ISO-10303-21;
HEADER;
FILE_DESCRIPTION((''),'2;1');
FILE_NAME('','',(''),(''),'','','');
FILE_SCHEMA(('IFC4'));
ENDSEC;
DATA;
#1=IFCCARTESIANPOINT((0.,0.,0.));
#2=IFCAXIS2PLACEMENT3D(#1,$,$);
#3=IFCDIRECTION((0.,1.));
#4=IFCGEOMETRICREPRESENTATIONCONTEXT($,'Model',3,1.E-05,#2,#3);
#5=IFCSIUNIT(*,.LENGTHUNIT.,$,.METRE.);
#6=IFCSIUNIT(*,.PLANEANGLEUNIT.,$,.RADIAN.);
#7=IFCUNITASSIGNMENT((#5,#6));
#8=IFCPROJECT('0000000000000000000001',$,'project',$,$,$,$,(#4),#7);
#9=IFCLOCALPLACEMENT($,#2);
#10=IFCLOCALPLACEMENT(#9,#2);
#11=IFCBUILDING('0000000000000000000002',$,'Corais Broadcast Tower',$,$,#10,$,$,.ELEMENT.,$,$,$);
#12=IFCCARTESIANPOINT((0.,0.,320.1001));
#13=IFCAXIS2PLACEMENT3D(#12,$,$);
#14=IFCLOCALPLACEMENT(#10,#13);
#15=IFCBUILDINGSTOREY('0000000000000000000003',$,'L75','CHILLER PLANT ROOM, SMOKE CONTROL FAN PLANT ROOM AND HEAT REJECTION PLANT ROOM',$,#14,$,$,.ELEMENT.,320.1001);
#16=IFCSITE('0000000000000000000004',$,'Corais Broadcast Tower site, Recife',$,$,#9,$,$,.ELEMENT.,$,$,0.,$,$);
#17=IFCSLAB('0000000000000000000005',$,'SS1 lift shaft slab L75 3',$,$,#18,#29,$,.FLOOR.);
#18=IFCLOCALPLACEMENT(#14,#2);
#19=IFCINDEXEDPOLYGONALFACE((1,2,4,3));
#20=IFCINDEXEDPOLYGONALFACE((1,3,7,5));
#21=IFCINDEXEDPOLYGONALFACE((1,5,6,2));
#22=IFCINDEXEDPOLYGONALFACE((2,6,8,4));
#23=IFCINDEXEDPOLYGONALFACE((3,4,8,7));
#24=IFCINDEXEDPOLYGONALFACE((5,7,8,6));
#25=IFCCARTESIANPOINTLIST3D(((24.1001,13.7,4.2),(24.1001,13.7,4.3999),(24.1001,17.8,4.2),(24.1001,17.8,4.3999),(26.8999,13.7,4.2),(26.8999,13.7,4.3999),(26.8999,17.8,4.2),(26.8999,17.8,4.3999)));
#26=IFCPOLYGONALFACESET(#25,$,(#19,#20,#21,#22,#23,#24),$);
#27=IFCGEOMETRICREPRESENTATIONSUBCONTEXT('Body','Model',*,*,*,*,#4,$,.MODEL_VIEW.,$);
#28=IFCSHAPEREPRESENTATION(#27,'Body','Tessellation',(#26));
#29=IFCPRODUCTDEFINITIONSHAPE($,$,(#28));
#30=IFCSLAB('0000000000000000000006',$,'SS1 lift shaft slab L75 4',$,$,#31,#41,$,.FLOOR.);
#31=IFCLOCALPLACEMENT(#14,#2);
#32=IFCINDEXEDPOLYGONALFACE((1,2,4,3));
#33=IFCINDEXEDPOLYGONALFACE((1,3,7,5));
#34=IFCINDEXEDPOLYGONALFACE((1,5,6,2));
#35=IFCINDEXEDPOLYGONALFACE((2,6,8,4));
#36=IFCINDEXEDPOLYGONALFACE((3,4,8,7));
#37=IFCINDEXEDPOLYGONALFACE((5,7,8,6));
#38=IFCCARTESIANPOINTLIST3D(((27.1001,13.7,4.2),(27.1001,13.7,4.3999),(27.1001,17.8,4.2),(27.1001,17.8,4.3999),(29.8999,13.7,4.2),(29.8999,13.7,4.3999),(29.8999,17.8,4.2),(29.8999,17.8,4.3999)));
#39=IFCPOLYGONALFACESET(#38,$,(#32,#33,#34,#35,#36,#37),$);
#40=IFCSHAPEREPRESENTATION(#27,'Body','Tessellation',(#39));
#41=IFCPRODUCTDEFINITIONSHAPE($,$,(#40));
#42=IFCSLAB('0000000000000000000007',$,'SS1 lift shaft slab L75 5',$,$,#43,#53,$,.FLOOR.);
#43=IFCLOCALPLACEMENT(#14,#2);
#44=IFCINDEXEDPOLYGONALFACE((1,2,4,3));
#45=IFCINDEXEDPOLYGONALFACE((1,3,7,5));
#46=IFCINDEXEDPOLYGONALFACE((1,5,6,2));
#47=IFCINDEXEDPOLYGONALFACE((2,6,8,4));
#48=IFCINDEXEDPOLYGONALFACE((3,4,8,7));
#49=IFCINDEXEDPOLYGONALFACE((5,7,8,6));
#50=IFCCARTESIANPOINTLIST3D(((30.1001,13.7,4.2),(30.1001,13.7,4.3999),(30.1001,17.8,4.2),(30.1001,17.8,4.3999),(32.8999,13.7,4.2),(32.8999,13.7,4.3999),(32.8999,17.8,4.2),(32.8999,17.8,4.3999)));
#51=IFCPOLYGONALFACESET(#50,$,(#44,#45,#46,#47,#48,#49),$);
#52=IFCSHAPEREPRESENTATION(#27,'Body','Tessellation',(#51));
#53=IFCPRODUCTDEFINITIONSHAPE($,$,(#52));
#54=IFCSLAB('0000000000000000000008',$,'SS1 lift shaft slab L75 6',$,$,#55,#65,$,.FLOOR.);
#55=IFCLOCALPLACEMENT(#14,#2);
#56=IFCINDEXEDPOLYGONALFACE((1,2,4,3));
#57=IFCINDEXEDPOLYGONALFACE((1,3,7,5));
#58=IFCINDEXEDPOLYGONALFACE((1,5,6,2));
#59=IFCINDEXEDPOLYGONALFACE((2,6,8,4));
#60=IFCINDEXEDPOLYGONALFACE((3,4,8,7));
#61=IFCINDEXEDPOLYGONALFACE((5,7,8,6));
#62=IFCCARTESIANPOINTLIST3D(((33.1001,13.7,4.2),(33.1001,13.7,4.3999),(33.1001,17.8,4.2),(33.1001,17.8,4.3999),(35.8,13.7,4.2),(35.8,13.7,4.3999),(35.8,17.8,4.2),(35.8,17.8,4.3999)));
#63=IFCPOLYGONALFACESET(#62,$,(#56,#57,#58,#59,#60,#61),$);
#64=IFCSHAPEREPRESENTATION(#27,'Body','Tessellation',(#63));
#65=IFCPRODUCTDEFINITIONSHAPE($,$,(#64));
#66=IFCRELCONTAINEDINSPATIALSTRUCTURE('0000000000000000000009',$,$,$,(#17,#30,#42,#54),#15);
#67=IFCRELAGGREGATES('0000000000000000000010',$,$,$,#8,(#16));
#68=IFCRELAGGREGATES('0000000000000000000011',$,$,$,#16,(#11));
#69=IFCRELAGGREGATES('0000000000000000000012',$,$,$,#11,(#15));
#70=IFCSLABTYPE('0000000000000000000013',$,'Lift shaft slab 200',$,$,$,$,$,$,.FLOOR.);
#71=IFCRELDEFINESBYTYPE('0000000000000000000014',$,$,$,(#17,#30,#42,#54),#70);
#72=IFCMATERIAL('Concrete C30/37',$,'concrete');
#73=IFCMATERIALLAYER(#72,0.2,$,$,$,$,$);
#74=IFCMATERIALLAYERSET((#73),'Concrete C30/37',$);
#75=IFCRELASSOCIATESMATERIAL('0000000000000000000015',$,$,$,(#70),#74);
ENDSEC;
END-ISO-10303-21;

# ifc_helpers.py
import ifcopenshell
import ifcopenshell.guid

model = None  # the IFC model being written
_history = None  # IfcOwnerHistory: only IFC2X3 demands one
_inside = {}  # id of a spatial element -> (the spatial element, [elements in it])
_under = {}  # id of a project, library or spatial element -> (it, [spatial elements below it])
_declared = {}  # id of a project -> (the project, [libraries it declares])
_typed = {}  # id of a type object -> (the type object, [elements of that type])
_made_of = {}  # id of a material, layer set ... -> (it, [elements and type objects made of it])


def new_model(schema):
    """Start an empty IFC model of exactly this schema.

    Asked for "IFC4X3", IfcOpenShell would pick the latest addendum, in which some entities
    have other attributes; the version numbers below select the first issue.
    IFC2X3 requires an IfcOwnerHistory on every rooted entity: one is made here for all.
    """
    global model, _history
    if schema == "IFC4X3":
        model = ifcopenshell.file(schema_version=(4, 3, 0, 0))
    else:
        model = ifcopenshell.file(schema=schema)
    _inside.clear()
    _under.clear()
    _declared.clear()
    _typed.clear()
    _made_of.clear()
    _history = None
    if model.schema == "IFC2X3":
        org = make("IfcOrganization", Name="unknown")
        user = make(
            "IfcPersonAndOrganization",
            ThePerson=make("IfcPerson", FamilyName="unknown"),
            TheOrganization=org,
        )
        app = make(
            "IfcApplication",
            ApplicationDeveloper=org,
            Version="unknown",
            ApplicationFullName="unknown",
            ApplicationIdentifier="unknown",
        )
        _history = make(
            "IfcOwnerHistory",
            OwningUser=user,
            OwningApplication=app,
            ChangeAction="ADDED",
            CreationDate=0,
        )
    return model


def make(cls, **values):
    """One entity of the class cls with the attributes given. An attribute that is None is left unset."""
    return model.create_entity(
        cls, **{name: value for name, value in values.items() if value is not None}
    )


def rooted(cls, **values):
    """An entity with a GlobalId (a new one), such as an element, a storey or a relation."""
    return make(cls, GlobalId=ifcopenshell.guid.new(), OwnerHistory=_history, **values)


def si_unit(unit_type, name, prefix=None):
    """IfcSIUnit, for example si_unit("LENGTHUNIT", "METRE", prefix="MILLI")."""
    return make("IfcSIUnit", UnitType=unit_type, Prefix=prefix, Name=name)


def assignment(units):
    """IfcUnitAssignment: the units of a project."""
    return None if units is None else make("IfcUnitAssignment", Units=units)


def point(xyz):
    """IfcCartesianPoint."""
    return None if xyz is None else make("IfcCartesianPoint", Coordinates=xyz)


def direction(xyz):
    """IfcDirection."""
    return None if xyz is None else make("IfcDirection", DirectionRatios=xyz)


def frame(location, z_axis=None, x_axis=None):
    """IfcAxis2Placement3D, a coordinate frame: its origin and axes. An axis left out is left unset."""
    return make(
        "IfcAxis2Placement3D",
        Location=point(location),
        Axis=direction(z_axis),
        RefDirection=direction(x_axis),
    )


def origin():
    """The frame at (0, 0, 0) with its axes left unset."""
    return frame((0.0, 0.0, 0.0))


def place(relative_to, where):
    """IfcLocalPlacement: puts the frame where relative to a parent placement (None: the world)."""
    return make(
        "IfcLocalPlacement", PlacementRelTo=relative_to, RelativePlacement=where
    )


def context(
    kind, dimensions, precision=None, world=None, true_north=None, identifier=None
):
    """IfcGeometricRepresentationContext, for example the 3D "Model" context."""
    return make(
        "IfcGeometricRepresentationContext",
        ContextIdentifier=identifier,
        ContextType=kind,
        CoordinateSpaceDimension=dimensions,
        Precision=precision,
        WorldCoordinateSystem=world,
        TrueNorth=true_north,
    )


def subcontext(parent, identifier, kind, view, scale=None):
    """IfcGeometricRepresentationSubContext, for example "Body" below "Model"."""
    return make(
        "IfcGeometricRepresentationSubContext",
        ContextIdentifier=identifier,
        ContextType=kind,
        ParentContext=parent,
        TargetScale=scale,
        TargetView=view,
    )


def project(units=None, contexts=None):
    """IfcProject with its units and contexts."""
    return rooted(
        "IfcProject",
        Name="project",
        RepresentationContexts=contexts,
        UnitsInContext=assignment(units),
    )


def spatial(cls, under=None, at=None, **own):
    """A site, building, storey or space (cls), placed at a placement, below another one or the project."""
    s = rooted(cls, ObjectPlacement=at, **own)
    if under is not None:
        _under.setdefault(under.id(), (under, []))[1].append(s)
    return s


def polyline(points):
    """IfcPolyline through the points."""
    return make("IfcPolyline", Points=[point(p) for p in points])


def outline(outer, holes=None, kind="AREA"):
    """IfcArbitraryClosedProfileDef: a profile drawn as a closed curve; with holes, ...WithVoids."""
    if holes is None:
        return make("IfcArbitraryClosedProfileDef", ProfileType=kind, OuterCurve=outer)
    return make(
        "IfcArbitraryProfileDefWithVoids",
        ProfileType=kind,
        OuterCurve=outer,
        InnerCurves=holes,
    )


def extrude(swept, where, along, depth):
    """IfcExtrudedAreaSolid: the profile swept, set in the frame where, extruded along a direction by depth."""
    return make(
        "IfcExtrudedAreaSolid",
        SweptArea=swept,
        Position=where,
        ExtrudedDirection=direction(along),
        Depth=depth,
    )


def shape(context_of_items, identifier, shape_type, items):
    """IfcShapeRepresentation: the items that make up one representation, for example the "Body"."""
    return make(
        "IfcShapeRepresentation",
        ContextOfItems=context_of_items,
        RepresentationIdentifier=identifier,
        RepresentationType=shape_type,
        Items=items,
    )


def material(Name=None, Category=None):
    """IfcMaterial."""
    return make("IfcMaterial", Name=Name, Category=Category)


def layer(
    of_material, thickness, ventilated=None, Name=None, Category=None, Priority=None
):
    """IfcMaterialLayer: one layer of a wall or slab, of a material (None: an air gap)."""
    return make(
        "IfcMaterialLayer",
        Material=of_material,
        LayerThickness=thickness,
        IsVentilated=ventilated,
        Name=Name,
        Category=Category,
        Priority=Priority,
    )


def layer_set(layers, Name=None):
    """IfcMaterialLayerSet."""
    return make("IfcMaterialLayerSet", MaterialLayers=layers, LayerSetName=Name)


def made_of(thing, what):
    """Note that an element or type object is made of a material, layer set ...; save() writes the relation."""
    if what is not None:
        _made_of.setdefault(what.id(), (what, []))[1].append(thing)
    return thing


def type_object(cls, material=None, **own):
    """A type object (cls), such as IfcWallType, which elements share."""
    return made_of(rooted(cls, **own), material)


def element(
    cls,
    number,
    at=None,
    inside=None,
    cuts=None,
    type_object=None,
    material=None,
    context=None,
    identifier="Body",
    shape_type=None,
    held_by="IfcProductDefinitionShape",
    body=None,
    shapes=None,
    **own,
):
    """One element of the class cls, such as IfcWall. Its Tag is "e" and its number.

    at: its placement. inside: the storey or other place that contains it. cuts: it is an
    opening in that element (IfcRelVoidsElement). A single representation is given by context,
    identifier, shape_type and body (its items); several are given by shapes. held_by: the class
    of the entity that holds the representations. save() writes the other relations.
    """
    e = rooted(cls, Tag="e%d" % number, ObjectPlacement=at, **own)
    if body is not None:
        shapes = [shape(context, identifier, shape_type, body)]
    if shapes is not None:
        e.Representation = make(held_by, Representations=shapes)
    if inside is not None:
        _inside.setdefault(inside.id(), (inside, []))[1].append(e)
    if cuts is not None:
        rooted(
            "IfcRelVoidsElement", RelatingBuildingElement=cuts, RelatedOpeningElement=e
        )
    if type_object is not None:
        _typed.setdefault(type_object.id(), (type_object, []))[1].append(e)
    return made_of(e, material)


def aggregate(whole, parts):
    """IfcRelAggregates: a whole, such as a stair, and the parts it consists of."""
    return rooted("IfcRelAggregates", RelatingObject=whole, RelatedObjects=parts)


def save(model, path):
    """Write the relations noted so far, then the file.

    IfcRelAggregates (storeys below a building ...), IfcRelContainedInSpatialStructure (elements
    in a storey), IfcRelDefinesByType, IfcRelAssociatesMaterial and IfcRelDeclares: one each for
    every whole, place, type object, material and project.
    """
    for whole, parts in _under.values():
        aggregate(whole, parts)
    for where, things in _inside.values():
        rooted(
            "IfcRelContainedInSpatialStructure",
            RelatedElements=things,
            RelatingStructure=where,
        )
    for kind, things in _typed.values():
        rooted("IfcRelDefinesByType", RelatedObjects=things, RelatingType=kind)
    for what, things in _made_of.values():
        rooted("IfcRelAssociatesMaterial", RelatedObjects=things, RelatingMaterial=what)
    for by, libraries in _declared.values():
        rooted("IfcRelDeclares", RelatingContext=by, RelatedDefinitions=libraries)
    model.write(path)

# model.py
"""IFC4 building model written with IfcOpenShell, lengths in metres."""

from ifc_helpers import new_model, si_unit, direction, frame, origin, place, context, subcontext, project, spatial, polyline, outline, extrude, material, layer, layer_set, type_object, element, save


model = new_model("IFC4")

# Units and contexts
model_context = context("Model", 3, precision=1e-05, world=origin(), true_north=direction((0.0, 1.0)))
body_context = subcontext(model_context, "Body", "Model", "MODEL_VIEW")
ifc_project = project(units=[si_unit("LENGTHUNIT", "METRE"), si_unit("PLANEANGLEUNIT", "RADIAN")], contexts=[model_context])

# Site, building, storey
site_placement = place(None, origin())
site = spatial("IfcSite", under=ifc_project, at=site_placement, Name="Corais Broadcast Tower site, Recife", CompositionType="ELEMENT", RefElevation=0.0)
building_placement = place(site_placement, origin())
building = spatial("IfcBuilding", under=site, at=building_placement, Name="Corais Broadcast Tower", CompositionType="ELEMENT")
storey_placement = place(building_placement, frame((0.0, 0.0, 320.1001)))
storey = spatial("IfcBuildingStorey", under=building, at=storey_placement, Name="L75", Description="CHILLER PLANT ROOM, SMOKE CONTROL FAN PLANT ROOM AND HEAT REJECTION PLANT ROOM", CompositionType="ELEMENT", Elevation=320.1001)

# Slabs
ifc_material_1 = material(Name="Concrete C30/37", Category="concrete")
ifc_layer_1 = layer(ifc_material_1, 0.2)
ifc_layer_set_1 = layer_set([ifc_layer_1], Name="Concrete C30/37")
slab_type_1 = type_object("IfcSlabType", Name="Lift shaft slab 200", PredefinedType="FLOOR", material=ifc_layer_set_1)
slab_1_placement = place(storey_placement, frame((0.0, 0.0, 4.2)))
element("IfcSlab", 1, at=slab_1_placement, inside=storey, type_object=slab_type_1, Name="SS1 lift shaft slab L75 3", PredefinedType="FLOOR", context=body_context, shape_type="SweptSolid", body=[
    extrude(outline(polyline([(24.1001, 13.7), (26.8999, 13.7), (26.8999, 17.8), (24.1001, 17.8), (24.1001, 13.7)])), origin(), (0.0, 0.0, 1.0), 0.2),
])
slab_2_placement = place(storey_placement, frame((0.0, 0.0, 4.2)))
element("IfcSlab", 2, at=slab_2_placement, inside=storey, type_object=slab_type_1, Name="SS1 lift shaft slab L75 4", PredefinedType="FLOOR", context=body_context, shape_type="SweptSolid", body=[
    extrude(outline(polyline([(27.1001, 13.7), (29.8999, 13.7), (29.8999, 17.8), (27.1001, 17.8), (27.1001, 13.7)])), origin(), (0.0, 0.0, 1.0), 0.2),
])
slab_3_placement = place(storey_placement, frame((0.0, 0.0, 4.2)))
element("IfcSlab", 3, at=slab_3_placement, inside=storey, type_object=slab_type_1, Name="SS1 lift shaft slab L75 5", PredefinedType="FLOOR", context=body_context, shape_type="SweptSolid", body=[
    extrude(outline(polyline([(30.1001, 13.7), (32.8999, 13.7), (32.8999, 17.8), (30.1001, 17.8), (30.1001, 13.7)])), origin(), (0.0, 0.0, 1.0), 0.2),
])
slab_4_placement = place(storey_placement, frame((0.0, 0.0, 4.2)))
element("IfcSlab", 4, at=slab_4_placement, inside=storey, type_object=slab_type_1, Name="SS1 lift shaft slab L75 6", PredefinedType="FLOOR", context=body_context, shape_type="SweptSolid", body=[
    extrude(outline(polyline([(33.1001, 13.7), (35.8, 13.7), (35.8, 17.8), (33.1001, 17.8), (33.1001, 13.7)])), origin(), (0.0, 0.0, 1.0), 0.2),
])

save(model, "model.ifc")
